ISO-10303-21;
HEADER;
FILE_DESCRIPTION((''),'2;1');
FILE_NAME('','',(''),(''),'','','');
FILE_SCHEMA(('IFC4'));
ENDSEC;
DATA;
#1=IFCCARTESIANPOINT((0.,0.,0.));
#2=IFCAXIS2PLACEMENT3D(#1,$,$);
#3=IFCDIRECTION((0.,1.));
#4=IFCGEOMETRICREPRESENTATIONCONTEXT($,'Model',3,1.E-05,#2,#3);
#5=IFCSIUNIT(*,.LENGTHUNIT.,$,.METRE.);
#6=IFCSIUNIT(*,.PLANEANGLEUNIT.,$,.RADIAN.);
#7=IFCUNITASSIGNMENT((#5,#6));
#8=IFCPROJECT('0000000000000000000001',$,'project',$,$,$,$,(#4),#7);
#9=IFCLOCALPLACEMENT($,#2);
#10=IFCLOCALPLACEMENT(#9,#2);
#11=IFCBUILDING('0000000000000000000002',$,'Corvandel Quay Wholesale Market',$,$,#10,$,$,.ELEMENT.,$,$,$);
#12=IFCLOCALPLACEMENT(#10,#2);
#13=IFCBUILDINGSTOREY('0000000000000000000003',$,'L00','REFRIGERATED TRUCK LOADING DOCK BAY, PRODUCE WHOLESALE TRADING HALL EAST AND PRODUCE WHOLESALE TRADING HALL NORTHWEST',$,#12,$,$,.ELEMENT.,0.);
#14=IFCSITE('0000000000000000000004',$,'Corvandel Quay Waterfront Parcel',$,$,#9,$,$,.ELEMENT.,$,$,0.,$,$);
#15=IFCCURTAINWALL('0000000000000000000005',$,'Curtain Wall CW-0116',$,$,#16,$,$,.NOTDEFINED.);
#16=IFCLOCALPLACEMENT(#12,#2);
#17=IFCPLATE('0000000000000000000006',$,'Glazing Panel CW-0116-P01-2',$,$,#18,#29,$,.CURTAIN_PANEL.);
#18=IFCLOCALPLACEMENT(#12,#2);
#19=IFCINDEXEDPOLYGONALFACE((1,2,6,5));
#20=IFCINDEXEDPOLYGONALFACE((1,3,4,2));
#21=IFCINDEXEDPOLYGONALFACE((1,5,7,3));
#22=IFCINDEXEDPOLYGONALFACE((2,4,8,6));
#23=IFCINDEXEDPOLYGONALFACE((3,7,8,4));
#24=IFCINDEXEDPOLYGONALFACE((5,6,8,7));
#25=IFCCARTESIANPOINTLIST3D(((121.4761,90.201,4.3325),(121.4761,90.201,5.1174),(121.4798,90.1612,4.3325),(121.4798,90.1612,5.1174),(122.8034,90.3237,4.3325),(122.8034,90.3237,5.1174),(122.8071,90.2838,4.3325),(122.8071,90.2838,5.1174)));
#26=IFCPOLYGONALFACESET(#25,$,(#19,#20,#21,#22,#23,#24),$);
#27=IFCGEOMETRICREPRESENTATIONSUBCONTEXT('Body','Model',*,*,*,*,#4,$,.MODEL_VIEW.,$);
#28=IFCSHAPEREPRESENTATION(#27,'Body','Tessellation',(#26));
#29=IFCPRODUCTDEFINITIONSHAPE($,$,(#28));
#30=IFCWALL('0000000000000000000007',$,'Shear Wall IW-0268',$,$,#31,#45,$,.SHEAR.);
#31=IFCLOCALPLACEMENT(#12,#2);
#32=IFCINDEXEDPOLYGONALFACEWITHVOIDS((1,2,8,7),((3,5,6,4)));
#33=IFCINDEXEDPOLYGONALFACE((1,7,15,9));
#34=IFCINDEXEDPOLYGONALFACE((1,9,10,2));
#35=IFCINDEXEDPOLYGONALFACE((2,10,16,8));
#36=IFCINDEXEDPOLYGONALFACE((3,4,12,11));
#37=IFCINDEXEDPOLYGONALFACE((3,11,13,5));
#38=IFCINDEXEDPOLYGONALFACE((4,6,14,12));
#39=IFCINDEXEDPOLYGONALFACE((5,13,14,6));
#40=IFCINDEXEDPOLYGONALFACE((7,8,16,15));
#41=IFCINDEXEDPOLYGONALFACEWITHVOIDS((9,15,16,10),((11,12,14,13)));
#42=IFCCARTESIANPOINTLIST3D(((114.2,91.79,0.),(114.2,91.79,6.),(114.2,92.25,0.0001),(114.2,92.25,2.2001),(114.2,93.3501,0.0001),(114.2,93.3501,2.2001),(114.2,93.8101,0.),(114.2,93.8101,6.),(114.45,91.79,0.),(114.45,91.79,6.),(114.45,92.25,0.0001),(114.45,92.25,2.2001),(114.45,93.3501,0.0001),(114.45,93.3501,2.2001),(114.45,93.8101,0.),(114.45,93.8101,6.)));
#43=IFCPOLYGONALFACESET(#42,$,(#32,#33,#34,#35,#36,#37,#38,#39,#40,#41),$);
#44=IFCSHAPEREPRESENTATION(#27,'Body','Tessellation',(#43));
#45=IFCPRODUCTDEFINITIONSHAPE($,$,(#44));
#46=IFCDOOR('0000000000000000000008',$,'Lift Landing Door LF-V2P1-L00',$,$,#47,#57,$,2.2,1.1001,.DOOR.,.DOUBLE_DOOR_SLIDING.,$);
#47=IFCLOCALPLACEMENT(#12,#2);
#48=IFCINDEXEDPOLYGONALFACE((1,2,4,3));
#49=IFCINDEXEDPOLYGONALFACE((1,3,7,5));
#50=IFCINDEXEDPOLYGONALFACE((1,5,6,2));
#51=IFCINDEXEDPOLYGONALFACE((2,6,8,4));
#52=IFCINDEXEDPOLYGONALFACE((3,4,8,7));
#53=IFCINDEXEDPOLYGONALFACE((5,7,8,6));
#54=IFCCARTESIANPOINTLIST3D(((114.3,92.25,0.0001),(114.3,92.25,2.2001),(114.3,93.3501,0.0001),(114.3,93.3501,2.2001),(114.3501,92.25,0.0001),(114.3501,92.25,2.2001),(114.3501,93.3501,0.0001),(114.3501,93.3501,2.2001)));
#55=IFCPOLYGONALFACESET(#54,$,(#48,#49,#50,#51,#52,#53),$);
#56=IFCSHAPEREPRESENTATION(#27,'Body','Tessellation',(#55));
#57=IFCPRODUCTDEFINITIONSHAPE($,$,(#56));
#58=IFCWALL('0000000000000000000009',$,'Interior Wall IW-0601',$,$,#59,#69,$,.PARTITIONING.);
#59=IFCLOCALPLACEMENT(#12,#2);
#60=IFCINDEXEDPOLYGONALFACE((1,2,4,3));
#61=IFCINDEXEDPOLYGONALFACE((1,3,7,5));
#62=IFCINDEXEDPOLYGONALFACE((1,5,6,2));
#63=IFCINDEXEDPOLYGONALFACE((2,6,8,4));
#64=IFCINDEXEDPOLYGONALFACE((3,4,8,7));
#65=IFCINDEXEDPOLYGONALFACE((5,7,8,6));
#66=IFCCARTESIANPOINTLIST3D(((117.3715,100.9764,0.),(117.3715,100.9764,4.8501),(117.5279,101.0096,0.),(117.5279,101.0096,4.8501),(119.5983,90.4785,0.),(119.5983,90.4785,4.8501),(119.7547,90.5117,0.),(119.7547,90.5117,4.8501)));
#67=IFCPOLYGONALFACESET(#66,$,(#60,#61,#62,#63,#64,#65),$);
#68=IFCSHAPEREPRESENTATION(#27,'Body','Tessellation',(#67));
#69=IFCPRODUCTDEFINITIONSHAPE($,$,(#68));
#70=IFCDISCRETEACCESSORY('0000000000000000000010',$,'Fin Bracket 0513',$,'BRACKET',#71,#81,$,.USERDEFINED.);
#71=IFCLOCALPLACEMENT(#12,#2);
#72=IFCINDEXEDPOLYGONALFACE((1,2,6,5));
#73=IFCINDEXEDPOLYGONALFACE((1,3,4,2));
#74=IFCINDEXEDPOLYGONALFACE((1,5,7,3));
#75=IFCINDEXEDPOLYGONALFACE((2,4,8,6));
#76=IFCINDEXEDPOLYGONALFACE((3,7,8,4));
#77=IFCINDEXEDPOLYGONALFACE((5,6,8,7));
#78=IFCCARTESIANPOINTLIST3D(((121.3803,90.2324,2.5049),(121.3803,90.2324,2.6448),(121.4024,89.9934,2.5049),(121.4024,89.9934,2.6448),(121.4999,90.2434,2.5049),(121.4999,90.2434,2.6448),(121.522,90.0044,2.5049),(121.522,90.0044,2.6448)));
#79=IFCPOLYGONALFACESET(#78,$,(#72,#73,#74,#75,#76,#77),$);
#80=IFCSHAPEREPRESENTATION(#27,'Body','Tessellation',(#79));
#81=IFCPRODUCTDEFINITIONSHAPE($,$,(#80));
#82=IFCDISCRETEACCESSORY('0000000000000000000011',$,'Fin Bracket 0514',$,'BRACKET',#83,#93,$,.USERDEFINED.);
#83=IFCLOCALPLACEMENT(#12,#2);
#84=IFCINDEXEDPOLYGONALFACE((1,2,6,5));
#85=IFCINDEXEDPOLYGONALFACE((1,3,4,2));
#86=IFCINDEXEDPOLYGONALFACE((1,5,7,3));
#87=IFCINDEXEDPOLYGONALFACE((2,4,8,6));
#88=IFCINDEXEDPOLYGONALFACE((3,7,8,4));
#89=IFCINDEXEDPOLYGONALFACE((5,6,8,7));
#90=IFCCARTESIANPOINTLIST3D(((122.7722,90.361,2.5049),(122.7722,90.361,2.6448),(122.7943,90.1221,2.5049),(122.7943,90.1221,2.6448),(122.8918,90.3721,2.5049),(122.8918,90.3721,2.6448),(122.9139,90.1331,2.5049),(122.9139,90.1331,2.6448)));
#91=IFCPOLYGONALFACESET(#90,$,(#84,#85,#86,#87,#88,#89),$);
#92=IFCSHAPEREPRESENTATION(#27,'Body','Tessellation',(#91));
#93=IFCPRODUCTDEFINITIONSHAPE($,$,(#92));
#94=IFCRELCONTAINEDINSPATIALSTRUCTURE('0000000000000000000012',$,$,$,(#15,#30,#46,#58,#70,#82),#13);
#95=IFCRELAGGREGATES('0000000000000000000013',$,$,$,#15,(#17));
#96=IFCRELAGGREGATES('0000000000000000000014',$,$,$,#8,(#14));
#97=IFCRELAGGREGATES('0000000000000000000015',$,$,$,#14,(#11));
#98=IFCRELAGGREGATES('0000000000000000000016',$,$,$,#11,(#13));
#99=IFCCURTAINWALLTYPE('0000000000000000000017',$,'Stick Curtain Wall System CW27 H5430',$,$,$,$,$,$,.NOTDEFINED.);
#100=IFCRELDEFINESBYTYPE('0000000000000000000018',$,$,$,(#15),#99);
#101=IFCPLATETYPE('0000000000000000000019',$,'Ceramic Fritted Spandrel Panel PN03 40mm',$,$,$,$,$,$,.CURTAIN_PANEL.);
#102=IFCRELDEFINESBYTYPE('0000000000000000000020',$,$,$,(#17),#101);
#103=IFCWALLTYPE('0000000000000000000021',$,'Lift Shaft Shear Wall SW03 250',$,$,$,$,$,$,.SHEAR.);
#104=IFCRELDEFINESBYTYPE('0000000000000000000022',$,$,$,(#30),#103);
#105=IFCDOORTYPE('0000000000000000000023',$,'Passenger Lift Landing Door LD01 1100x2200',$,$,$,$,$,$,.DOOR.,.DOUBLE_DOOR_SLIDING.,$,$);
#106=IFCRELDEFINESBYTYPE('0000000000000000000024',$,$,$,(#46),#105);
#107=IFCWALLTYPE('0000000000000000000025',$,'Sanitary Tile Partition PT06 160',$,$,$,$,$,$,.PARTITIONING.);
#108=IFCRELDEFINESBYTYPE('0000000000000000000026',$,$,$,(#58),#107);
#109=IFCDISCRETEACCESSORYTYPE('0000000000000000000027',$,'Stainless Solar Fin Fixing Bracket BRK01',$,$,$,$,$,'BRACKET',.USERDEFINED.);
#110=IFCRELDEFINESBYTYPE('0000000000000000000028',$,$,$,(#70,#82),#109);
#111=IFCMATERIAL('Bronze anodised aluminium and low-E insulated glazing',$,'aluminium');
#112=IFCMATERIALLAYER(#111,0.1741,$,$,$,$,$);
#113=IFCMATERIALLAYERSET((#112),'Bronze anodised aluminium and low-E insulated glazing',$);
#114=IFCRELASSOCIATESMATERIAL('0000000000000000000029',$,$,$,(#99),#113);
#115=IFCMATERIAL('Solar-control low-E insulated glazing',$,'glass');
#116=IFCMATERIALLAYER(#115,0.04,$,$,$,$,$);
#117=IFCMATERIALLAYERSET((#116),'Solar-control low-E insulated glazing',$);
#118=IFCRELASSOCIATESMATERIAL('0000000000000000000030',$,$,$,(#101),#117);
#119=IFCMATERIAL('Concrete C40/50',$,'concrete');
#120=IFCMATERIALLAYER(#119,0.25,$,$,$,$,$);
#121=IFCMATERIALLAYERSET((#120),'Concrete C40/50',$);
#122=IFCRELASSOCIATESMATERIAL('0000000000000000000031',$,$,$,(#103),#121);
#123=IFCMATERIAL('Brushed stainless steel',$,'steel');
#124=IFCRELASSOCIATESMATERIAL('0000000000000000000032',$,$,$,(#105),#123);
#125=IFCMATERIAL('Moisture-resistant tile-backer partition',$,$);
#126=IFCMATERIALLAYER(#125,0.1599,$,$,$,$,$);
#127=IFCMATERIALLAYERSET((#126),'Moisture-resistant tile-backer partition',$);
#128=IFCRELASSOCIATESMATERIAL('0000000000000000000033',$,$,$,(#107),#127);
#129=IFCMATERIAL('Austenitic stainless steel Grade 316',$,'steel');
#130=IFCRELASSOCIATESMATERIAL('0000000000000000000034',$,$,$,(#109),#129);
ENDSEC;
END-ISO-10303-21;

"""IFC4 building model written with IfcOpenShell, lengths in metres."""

from ifc_helpers import new_model, si_unit, direction, frame, frame_2d, origin, origin_2d, place, context, subcontext, project, spatial, rectangle, extrude, material, layer, layer_set, type_object, element, fill, aggregate, save


model = new_model("IFC4")

# Units and contexts
model_context = context("Model", 3, precision=1e-05, world=origin(), true_north=direction((0.0, 1.0)))
body_context = subcontext(model_context, "Body", "Model", "MODEL_VIEW")
ifc_project = project(units=[si_unit("LENGTHUNIT", "METRE"), si_unit("PLANEANGLEUNIT", "RADIAN")], contexts=[model_context])

# Site, building, storey
site_placement = place(None, origin())
site = spatial("IfcSite", under=ifc_project, at=site_placement, Name="Corvandel Quay Waterfront Parcel", CompositionType="ELEMENT", RefElevation=0.0)
building_placement = place(site_placement, origin())
building = spatial("IfcBuilding", under=site, at=building_placement, Name="Corvandel Quay Wholesale Market", CompositionType="ELEMENT")
storey_placement = place(building_placement, origin())
storey = spatial("IfcBuildingStorey", under=building, at=storey_placement, Name="L00", Description="REFRIGERATED TRUCK LOADING DOCK BAY, PRODUCE WHOLESALE TRADING HALL EAST AND PRODUCE WHOLESALE TRADING HALL NORTHWEST", CompositionType="ELEMENT", Elevation=0.0)

# Shared definitions
ifc_material_1 = material(Name="Concrete C40/50", Category="concrete")

# Curtain wall, plate
ifc_material_2 = material(Name="Bronze anodised aluminium and low-E insulated glazing", Category="aluminium")
ifc_layer_1 = layer(ifc_material_2, 0.1741)
ifc_layer_set_1 = layer_set([ifc_layer_1], Name="Bronze anodised aluminium and low-E insulated glazing")
curtain_wall_type = type_object("IfcCurtainWallType", Name="Stick Curtain Wall System CW27 H5430", PredefinedType="NOTDEFINED", material=ifc_layer_set_1)
curtain_wall_placement = place(storey_placement, origin())
curtain_wall = element("IfcCurtainWall", 1, at=curtain_wall_placement, inside=storey, type_object=curtain_wall_type, Name="Curtain Wall CW-0116", PredefinedType="NOTDEFINED")
ifc_material_3 = material(Name="Solar-control low-E insulated glazing", Category="glass")
ifc_layer_2 = layer(ifc_material_3, 0.04)
ifc_layer_set_2 = layer_set([ifc_layer_2], Name="Solar-control low-E insulated glazing")
plate_type_1 = type_object("IfcPlateType", Name="Ceramic Fritted Spandrel Panel PN03 40mm", PredefinedType="CURTAIN_PANEL", material=ifc_layer_set_2)
plate_1_placement = place(storey_placement, frame((122.1416, 90.2424, 4.3325), z_axis=(0.0, 0.0, 1.0), x_axis=(0.995757, 0.092023, 0.0)))
plate_1 = element("IfcPlate", 2, at=plate_1_placement, type_object=plate_type_1, Name="Glazing Panel CW-0116-P01-2", PredefinedType="CURTAIN_PANEL", context=body_context, shape_type="SweptSolid", body=[
    extrude(rectangle(XDim=1.333, YDim=0.04, at=origin_2d()), origin(), (0.0, 0.0, 1.0), 0.7849),
])
aggregate(curtain_wall, [plate_1])

# Wall, opening, door
ifc_layer_3 = layer(ifc_material_1, 0.25)
ifc_layer_set_3 = layer_set([ifc_layer_3], Name="Concrete C40/50")
wall_type_1 = type_object("IfcWallType", Name="Lift Shaft Shear Wall SW03 250", PredefinedType="SHEAR", material=ifc_layer_set_3)
wall_1_placement = place(storey_placement, frame((114.325, 91.79, 0.0), z_axis=(0.0, 0.0, 1.0), x_axis=(0.0, 1.0, 0.0)))
wall_1 = element("IfcWall", 3, at=wall_1_placement, inside=storey, type_object=wall_type_1, Name="Shear Wall IW-0268", PredefinedType="SHEAR", context=body_context, shape_type="SweptSolid", body=[
    extrude(rectangle(XDim=2.02, YDim=0.25, at=frame_2d((1.01, 0.0))), origin(), (0.0, 0.0, 1.0), 6.0),
])
opening_1_placement = place(wall_1_placement, frame((0.46, 0.0, 0.0)))
opening_1 = element("IfcOpeningElement", 4, at=opening_1_placement, cuts=wall_1, PredefinedType="OPENING", context=body_context, shape_type="SweptSolid", body=[
    extrude(rectangle(XDim=1.1001, YDim=2.2, at=frame_2d((0.55, 1.1001))), frame((0.0, 0.135, 0.0), z_axis=(0.0, -1.0, 0.0), x_axis=(1.0, 0.0, 0.0)), (0.0, 0.0, 1.0), 0.27),
])
ifc_material_4 = material(Name="Brushed stainless steel", Category="steel")
door_type_1 = type_object("IfcDoorType", Name="Passenger Lift Landing Door LD01 1100x2200", OperationType="DOUBLE_DOOR_SLIDING", PredefinedType="DOOR", material=ifc_material_4)
door_1_placement = place(opening_1_placement, origin())
door_1 = element("IfcDoor", 5, at=door_1_placement, inside=storey, type_object=door_type_1, Name="Lift Landing Door LF-V2P1-L00", OperationType="DOUBLE_DOOR_SLIDING", OverallHeight=2.2, OverallWidth=1.1001, PredefinedType="DOOR", context=body_context, shape_type="SweptSolid", body=[
    extrude(rectangle(XDim=1.1001, YDim=2.2, at=frame_2d((0.55, 1.1001))), frame((0.0, 0.0249, 0.0), z_axis=(0.0, -1.0, 0.0), x_axis=(1.0, 0.0, 0.0)), (0.0, 0.0, 1.0), 0.05),
])
fill(opening_1, door_1)

# Wall
ifc_material_5 = material(Name="Moisture-resistant tile-backer partition")
ifc_layer_4 = layer(ifc_material_5, 0.1599)
ifc_layer_set_4 = layer_set([ifc_layer_4], Name="Moisture-resistant tile-backer partition")
wall_type_2 = type_object("IfcWallType", Name="Sanitary Tile Partition PT06 160", PredefinedType="PARTITIONING", material=ifc_layer_set_4)
wall_2_placement = place(storey_placement, frame((119.6765, 90.4951, 0.0), z_axis=(0.0, 0.0, 1.0), x_axis=(-0.207504, 0.978234, 0.0)))
element("IfcWall", 6, at=wall_2_placement, inside=storey, type_object=wall_type_2, Name="Interior Wall IW-0601", PredefinedType="PARTITIONING", context=body_context, shape_type="SweptSolid", body=[
    extrude(rectangle(XDim=10.7314, YDim=0.1599, at=frame_2d((5.3657, 0.0))), origin(), (0.0, 0.0, 1.0), 4.8501),
])

# Discrete accessories
ifc_material_6 = material(Name="Austenitic stainless steel Grade 316", Category="steel")
discrete_accessory_type = type_object("IfcDiscreteAccessoryType", Name="Stainless Solar Fin Fixing Bracket BRK01", ElementType="BRACKET", PredefinedType="USERDEFINED", material=ifc_material_6)
for number, where, z_axis, x_axis, name in (
    (7, (121.4512, 90.1184, 2.5049), (0.0, 0.0, 1.0), (-0.092023, 0.995757, 0.0), "Fin Bracket 0513"),
    (8, (122.843, 90.2471, 2.5049), (0.0, 0.0, 1.0), (-0.092023, 0.995757, 0.0), "Fin Bracket 0514"),
):
    element("IfcDiscreteAccessory", number, at=place(storey_placement, frame(where, z_axis=z_axis, x_axis=x_axis)), inside=storey, type_object=discrete_accessory_type, Name=name, ObjectType="BRACKET", PredefinedType="USERDEFINED", context=body_context, shape_type="SweptSolid", body=[
        extrude(rectangle(XDim=0.24, YDim=0.1201, at=origin_2d()), origin(), (0.0, 0.0, 1.0), 0.1399),
    ])

save(model, "model.ifc")
